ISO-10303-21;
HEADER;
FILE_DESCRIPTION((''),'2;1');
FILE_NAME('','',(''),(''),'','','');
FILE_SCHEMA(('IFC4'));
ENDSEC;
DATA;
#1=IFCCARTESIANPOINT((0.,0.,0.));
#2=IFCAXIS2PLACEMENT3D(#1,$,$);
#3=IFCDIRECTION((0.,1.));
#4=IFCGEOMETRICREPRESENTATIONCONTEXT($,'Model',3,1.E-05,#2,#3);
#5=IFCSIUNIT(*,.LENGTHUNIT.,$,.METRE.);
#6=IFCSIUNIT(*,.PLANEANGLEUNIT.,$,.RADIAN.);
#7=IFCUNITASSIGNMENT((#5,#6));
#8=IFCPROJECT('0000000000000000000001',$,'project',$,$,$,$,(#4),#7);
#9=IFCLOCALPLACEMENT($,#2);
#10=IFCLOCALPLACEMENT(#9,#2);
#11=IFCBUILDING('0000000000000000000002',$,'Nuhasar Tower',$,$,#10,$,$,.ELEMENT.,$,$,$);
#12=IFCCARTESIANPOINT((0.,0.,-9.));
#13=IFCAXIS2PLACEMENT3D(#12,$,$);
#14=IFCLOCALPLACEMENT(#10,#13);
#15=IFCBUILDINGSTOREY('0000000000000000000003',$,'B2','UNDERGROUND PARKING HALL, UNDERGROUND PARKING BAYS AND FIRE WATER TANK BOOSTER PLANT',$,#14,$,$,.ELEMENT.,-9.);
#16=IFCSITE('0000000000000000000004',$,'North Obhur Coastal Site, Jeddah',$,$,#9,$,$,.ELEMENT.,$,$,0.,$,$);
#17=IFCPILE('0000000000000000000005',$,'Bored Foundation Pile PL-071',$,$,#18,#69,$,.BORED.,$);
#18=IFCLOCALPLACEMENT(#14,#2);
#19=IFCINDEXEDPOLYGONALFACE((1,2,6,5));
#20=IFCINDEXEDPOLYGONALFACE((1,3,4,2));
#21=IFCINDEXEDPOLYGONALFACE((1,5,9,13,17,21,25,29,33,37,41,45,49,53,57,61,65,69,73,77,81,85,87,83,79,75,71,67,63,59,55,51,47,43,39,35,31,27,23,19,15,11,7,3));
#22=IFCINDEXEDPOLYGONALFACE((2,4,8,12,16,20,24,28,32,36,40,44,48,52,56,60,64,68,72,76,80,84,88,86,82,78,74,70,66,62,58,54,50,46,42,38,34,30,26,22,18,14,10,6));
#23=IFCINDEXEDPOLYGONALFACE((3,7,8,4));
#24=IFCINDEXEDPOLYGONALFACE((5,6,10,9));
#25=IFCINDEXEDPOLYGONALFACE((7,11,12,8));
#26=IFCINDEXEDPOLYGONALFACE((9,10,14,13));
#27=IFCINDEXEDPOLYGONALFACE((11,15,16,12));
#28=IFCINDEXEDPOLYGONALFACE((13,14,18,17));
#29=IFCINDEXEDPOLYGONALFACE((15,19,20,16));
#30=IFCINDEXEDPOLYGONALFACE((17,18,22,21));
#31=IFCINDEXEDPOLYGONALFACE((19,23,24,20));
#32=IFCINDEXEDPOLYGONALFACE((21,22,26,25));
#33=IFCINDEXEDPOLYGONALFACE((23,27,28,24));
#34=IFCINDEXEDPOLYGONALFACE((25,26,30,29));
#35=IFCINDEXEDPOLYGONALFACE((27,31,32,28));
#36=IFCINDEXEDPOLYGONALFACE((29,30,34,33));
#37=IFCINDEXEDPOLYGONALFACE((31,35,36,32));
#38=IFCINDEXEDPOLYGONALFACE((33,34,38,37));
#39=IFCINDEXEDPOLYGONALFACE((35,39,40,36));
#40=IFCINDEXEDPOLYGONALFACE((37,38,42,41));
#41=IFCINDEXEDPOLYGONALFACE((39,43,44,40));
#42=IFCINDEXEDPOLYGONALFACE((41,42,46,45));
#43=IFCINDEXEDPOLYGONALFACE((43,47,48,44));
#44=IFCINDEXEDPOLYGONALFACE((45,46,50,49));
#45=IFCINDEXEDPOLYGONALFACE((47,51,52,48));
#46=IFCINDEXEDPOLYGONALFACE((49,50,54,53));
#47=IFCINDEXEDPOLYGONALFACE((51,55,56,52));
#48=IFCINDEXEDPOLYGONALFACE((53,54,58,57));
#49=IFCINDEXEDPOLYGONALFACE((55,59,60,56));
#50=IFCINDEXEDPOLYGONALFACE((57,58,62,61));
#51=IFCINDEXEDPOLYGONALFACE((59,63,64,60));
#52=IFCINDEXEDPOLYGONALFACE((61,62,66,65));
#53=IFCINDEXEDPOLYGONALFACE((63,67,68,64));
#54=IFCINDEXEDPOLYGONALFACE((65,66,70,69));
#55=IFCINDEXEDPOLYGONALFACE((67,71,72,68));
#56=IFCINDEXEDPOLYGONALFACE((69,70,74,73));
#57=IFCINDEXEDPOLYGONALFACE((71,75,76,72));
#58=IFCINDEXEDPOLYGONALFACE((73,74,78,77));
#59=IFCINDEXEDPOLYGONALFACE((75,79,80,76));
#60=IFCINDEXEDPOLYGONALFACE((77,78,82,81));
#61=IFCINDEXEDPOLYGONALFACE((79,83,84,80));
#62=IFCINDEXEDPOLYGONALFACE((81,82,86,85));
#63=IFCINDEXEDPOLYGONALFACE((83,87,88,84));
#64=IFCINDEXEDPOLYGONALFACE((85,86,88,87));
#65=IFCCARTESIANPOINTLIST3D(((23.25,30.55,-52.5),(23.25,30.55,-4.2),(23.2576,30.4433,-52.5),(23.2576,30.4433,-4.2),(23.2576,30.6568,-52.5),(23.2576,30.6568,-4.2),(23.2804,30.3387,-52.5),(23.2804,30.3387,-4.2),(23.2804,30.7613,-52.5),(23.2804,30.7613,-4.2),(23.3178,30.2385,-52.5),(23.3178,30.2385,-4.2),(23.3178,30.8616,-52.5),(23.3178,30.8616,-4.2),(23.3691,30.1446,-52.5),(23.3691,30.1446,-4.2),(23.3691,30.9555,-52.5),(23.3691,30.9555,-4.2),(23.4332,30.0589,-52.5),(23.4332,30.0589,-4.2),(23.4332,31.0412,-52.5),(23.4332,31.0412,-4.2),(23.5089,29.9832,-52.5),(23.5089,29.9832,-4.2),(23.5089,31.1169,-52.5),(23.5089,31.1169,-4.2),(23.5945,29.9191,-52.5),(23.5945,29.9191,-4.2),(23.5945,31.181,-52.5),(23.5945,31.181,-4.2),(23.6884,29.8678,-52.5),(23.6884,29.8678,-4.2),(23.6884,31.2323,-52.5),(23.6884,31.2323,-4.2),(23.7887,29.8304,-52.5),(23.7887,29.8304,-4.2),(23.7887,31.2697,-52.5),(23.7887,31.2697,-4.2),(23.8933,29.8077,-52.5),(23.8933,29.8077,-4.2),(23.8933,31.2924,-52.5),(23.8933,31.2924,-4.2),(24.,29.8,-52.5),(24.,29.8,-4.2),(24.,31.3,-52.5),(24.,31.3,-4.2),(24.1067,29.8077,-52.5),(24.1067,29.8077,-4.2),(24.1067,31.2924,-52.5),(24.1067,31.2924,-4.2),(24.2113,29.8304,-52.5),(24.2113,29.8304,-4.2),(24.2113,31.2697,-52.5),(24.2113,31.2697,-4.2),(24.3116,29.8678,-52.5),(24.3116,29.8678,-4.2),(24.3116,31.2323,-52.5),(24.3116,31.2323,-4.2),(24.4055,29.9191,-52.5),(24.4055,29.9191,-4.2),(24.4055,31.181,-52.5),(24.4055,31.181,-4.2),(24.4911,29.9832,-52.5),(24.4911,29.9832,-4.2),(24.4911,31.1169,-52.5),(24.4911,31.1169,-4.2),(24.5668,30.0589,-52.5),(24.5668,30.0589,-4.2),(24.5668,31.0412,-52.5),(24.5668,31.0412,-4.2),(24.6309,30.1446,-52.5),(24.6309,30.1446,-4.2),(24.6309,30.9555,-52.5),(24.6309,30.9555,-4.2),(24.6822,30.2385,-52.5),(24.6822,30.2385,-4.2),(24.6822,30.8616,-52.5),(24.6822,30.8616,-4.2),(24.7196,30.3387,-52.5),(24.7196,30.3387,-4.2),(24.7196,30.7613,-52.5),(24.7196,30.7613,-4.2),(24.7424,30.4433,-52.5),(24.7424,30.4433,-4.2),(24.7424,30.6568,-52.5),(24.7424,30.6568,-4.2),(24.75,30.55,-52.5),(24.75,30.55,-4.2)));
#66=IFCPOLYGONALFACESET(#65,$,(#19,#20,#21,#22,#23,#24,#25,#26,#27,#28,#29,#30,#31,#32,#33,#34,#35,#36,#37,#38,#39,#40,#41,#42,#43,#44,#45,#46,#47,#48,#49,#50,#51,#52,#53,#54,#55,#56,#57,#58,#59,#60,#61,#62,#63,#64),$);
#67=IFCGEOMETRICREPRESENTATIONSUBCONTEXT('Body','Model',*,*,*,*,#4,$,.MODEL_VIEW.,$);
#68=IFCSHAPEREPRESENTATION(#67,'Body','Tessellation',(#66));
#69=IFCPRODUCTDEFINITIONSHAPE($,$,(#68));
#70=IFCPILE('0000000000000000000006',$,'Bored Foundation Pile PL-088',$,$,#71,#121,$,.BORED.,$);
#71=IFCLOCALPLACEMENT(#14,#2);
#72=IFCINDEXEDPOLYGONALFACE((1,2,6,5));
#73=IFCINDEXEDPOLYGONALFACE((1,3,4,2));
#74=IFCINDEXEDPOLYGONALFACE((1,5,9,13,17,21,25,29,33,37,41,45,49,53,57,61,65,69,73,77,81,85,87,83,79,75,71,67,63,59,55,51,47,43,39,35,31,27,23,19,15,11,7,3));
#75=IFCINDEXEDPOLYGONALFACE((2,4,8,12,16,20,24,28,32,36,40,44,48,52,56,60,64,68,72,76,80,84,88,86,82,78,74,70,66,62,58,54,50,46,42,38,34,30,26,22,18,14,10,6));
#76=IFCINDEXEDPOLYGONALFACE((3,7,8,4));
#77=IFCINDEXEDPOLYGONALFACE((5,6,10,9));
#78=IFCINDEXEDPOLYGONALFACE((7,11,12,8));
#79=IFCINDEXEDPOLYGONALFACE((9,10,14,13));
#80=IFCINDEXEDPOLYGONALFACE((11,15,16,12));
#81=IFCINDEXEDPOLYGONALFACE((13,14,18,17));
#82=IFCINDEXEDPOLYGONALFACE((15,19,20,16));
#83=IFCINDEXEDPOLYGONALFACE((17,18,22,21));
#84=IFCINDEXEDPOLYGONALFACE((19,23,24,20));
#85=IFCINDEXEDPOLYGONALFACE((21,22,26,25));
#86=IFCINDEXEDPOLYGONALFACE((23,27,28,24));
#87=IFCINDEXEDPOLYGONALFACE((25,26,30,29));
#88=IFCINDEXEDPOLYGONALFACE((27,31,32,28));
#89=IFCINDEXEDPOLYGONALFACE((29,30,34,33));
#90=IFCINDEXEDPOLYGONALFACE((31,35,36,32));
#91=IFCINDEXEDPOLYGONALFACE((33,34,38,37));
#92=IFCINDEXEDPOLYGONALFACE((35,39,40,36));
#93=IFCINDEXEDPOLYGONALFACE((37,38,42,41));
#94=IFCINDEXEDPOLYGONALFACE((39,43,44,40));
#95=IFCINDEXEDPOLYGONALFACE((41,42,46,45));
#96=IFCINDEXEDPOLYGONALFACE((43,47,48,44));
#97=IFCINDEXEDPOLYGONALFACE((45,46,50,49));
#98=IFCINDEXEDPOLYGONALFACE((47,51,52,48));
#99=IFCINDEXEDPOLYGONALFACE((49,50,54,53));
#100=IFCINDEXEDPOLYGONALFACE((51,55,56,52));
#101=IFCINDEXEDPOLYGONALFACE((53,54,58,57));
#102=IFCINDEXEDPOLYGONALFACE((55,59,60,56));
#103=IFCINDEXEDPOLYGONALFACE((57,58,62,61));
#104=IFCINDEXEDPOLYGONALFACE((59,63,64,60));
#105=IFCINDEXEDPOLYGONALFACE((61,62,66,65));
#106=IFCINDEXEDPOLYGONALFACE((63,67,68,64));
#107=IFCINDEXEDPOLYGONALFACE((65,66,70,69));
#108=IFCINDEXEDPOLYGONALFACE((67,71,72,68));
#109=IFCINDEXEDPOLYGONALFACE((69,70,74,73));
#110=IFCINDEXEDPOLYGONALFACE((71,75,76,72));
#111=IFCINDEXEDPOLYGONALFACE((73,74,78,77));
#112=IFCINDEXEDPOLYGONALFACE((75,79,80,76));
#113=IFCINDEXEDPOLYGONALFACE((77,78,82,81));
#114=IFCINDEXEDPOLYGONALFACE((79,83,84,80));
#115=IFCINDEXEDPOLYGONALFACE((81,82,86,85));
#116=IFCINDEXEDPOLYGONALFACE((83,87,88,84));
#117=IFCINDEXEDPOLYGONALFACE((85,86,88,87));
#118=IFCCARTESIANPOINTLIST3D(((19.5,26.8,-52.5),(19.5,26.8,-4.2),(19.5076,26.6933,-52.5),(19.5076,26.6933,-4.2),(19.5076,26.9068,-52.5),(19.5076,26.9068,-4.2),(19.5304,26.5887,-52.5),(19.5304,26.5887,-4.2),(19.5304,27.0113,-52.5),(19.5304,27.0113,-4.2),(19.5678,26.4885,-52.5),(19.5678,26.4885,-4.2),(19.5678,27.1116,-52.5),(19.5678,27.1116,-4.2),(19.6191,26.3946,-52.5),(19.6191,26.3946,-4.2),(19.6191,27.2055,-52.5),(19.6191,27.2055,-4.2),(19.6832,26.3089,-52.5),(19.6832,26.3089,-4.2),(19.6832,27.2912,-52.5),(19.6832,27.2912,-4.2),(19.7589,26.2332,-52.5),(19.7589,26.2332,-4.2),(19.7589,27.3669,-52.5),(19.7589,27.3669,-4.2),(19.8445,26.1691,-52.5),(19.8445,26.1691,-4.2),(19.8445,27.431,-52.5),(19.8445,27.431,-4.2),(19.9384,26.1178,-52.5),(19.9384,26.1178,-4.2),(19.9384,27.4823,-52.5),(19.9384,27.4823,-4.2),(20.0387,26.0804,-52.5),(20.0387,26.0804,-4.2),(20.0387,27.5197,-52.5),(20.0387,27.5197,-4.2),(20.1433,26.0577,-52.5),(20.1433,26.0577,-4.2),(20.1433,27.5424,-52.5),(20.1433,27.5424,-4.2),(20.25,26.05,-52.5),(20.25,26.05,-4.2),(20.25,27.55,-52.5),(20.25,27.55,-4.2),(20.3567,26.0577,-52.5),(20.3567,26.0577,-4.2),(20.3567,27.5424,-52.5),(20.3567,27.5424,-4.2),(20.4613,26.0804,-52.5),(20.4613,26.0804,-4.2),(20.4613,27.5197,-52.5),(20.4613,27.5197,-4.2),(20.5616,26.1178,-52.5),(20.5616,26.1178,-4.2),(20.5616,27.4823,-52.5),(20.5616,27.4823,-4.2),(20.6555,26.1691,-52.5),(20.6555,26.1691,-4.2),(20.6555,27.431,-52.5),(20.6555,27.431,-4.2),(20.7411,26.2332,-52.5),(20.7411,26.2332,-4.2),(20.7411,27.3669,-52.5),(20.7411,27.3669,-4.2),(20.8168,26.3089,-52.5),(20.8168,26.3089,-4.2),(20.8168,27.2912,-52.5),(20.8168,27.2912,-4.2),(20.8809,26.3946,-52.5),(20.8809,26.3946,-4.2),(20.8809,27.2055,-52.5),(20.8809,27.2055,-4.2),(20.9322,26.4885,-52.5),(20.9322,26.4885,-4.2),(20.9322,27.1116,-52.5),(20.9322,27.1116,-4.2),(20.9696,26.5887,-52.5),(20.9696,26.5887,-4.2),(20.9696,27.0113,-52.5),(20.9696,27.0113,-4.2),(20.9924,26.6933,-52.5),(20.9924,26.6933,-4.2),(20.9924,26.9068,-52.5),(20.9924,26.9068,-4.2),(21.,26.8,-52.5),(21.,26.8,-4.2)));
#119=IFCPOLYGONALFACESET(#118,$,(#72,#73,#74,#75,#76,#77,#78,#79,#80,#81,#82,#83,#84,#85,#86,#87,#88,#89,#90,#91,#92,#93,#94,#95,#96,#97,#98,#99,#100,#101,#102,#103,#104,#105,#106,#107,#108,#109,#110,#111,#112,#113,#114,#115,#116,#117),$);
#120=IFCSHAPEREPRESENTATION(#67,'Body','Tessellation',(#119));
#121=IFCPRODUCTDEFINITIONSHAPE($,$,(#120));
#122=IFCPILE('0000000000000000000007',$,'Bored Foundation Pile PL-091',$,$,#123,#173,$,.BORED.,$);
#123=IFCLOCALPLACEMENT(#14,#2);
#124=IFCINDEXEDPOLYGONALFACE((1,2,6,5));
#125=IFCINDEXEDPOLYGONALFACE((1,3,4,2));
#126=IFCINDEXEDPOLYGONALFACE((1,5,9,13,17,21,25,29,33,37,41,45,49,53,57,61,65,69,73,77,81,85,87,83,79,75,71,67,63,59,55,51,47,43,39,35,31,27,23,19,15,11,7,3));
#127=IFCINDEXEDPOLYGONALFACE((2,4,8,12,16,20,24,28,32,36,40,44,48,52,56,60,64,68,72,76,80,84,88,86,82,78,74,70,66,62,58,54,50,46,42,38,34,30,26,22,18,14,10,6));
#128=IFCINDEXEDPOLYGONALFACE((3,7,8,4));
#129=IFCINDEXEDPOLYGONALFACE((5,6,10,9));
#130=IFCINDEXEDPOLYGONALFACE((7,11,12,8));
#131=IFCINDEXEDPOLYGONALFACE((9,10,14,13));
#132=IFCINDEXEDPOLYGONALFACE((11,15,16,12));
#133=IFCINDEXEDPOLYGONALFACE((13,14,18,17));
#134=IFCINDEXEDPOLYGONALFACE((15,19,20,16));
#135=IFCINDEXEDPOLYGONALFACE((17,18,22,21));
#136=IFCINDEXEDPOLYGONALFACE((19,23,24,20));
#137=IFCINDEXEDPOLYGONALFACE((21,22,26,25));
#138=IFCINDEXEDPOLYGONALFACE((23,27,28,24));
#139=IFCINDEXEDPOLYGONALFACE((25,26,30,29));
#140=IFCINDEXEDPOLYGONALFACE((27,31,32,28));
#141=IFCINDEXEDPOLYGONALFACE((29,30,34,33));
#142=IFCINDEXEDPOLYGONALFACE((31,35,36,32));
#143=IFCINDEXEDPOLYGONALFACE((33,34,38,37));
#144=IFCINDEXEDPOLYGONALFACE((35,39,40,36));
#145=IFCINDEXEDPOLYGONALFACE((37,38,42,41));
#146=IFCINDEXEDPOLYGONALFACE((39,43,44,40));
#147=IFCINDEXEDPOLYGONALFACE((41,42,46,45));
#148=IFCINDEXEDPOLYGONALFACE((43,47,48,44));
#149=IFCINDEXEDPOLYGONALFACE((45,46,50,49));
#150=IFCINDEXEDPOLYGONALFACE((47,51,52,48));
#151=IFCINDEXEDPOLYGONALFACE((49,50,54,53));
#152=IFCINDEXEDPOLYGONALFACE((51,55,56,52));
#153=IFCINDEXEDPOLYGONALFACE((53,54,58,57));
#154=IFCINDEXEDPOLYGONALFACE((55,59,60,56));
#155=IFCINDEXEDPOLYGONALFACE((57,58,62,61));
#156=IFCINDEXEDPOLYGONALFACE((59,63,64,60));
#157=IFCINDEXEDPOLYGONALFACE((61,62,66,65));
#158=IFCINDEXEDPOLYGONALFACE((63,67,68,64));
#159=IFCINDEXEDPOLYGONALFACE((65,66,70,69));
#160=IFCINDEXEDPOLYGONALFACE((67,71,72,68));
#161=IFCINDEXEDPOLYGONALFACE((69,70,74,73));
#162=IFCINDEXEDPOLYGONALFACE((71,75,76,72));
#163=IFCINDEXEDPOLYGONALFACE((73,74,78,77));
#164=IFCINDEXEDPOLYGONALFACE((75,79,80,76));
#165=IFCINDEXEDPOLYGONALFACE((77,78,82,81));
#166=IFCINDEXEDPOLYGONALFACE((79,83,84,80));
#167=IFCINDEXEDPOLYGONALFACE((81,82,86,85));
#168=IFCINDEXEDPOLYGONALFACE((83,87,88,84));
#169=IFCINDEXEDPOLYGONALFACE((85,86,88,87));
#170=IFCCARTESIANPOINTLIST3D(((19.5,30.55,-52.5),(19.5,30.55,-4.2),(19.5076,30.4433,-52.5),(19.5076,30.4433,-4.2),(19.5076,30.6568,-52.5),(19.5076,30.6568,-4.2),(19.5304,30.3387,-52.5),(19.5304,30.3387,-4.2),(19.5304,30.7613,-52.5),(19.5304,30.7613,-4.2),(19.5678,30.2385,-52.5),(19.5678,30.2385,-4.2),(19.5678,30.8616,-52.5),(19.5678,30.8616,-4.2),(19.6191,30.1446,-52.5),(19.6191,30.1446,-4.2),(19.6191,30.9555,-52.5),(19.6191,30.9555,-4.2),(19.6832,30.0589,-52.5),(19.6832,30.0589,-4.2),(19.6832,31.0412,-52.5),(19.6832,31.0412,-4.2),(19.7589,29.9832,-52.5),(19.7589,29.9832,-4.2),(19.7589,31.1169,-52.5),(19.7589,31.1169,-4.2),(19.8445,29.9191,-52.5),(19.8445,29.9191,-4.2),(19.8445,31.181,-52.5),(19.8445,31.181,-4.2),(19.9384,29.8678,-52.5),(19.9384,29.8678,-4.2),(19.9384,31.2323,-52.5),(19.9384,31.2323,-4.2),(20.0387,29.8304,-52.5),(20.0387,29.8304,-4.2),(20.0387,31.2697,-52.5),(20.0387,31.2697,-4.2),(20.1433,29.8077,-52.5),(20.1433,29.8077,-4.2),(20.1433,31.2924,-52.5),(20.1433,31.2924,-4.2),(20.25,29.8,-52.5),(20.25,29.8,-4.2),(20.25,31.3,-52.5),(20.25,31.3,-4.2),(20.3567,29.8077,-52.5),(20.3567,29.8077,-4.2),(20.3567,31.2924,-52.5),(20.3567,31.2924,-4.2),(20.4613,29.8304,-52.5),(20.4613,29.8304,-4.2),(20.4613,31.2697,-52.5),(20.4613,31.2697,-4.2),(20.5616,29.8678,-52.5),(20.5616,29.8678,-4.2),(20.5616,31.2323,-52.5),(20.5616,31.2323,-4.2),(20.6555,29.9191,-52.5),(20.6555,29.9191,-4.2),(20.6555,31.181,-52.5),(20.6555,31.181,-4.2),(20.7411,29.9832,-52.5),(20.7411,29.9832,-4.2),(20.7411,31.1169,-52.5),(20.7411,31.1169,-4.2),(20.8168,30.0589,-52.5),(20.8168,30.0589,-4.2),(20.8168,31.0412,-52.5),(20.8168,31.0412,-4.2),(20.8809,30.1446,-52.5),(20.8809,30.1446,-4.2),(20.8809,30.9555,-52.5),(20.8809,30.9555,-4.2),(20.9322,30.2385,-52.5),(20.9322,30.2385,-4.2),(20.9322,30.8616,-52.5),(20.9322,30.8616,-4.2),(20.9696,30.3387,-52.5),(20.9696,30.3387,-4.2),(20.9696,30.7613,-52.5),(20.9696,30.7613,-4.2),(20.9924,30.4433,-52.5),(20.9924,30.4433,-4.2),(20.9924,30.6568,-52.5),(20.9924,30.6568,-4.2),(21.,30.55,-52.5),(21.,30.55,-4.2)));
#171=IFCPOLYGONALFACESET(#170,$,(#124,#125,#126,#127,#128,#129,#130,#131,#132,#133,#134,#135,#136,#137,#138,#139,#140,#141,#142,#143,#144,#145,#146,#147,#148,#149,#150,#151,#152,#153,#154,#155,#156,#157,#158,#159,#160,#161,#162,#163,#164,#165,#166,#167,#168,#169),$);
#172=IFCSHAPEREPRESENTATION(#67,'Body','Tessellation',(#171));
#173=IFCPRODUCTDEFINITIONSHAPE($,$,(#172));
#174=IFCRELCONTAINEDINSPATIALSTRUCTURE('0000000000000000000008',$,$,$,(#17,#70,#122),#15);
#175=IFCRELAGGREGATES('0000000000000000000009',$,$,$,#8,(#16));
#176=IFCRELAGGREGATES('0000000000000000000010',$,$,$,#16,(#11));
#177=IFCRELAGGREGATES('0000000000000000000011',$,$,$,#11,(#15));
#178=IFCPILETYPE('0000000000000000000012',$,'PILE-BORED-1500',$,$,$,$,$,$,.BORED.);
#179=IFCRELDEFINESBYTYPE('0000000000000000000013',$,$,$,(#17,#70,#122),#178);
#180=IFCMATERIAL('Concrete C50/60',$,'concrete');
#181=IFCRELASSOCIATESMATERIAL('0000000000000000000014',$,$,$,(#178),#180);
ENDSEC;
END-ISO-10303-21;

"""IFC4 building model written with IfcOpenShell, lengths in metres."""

from ifc_helpers import new_model, si_unit, direction, frame, origin, origin_2d, place, context, subcontext, project, spatial, circle, extrude, material, material_profile, profile_set, type_object, element, save


model = new_model("IFC4")

# Units and contexts
model_context = context("Model", 3, precision=1e-05, world=origin(), true_north=direction((0.0, 1.0)))
body_context = subcontext(model_context, "Body", "Model", "MODEL_VIEW")
ifc_project = project(units=[si_unit("LENGTHUNIT", "METRE"), si_unit("PLANEANGLEUNIT", "RADIAN")], contexts=[model_context])

# Site, building, storey
site_placement = place(None, origin())
site = spatial("IfcSite", under=ifc_project, at=site_placement, Name="North Obhur Coastal Site, Jeddah", CompositionType="ELEMENT", RefElevation=0.0)
building_placement = place(site_placement, origin())
building = spatial("IfcBuilding", under=site, at=building_placement, Name="Nuhasar Tower", CompositionType="ELEMENT")
storey_placement = place(building_placement, frame((0.0, 0.0, -9.0)))
storey = spatial("IfcBuildingStorey", under=building, at=storey_placement, Name="B2", Description="UNDERGROUND PARKING HALL, UNDERGROUND PARKING BAYS AND FIRE WATER TANK BOOSTER PLANT", CompositionType="ELEMENT", Elevation=-9.0)

# Shared definitions
ifc_material_1 = material(Name="Concrete C50/60", Category="concrete")

# Piles
ifc_material_profile_1 = material_profile(ifc_material_1, circle(Radius=0.75, at=origin_2d()), Name="PILE1500")
ifc_profile_set_1 = profile_set([ifc_material_profile_1], Name="Concrete C50/60")
pile_type_1 = type_object("IfcPileType", Name="PILE-BORED-1500", PredefinedType="BORED", material=ifc_profile_set_1)
for number, where, z_axis, x_axis, name in (
    (1, (24.0, 30.55, -4.2), (0.0, 0.0, -1.0), (1.0, 0.0, 0.0), "Bored Foundation Pile PL-071"),
    (2, (20.25, 26.8, -4.2), (0.0, 0.0, -1.0), (1.0, 0.0, 0.0), "Bored Foundation Pile PL-088"),
    (3, (20.25, 30.55, -4.2), (0.0, 0.0, -1.0), (1.0, 0.0, 0.0), "Bored Foundation Pile PL-091"),
):
    element("IfcPile", number, at=place(storey_placement, frame(where, z_axis=z_axis, x_axis=x_axis)), inside=storey, type_object=pile_type_1, Name=name, PredefinedType="BORED", context=body_context, shape_type="SweptSolid", body=[
        extrude(circle(Radius=0.75, at=origin_2d()), origin(), (0.0, 0.0, 1.0), 48.3),
    ])

save(model, "model.ifc")
